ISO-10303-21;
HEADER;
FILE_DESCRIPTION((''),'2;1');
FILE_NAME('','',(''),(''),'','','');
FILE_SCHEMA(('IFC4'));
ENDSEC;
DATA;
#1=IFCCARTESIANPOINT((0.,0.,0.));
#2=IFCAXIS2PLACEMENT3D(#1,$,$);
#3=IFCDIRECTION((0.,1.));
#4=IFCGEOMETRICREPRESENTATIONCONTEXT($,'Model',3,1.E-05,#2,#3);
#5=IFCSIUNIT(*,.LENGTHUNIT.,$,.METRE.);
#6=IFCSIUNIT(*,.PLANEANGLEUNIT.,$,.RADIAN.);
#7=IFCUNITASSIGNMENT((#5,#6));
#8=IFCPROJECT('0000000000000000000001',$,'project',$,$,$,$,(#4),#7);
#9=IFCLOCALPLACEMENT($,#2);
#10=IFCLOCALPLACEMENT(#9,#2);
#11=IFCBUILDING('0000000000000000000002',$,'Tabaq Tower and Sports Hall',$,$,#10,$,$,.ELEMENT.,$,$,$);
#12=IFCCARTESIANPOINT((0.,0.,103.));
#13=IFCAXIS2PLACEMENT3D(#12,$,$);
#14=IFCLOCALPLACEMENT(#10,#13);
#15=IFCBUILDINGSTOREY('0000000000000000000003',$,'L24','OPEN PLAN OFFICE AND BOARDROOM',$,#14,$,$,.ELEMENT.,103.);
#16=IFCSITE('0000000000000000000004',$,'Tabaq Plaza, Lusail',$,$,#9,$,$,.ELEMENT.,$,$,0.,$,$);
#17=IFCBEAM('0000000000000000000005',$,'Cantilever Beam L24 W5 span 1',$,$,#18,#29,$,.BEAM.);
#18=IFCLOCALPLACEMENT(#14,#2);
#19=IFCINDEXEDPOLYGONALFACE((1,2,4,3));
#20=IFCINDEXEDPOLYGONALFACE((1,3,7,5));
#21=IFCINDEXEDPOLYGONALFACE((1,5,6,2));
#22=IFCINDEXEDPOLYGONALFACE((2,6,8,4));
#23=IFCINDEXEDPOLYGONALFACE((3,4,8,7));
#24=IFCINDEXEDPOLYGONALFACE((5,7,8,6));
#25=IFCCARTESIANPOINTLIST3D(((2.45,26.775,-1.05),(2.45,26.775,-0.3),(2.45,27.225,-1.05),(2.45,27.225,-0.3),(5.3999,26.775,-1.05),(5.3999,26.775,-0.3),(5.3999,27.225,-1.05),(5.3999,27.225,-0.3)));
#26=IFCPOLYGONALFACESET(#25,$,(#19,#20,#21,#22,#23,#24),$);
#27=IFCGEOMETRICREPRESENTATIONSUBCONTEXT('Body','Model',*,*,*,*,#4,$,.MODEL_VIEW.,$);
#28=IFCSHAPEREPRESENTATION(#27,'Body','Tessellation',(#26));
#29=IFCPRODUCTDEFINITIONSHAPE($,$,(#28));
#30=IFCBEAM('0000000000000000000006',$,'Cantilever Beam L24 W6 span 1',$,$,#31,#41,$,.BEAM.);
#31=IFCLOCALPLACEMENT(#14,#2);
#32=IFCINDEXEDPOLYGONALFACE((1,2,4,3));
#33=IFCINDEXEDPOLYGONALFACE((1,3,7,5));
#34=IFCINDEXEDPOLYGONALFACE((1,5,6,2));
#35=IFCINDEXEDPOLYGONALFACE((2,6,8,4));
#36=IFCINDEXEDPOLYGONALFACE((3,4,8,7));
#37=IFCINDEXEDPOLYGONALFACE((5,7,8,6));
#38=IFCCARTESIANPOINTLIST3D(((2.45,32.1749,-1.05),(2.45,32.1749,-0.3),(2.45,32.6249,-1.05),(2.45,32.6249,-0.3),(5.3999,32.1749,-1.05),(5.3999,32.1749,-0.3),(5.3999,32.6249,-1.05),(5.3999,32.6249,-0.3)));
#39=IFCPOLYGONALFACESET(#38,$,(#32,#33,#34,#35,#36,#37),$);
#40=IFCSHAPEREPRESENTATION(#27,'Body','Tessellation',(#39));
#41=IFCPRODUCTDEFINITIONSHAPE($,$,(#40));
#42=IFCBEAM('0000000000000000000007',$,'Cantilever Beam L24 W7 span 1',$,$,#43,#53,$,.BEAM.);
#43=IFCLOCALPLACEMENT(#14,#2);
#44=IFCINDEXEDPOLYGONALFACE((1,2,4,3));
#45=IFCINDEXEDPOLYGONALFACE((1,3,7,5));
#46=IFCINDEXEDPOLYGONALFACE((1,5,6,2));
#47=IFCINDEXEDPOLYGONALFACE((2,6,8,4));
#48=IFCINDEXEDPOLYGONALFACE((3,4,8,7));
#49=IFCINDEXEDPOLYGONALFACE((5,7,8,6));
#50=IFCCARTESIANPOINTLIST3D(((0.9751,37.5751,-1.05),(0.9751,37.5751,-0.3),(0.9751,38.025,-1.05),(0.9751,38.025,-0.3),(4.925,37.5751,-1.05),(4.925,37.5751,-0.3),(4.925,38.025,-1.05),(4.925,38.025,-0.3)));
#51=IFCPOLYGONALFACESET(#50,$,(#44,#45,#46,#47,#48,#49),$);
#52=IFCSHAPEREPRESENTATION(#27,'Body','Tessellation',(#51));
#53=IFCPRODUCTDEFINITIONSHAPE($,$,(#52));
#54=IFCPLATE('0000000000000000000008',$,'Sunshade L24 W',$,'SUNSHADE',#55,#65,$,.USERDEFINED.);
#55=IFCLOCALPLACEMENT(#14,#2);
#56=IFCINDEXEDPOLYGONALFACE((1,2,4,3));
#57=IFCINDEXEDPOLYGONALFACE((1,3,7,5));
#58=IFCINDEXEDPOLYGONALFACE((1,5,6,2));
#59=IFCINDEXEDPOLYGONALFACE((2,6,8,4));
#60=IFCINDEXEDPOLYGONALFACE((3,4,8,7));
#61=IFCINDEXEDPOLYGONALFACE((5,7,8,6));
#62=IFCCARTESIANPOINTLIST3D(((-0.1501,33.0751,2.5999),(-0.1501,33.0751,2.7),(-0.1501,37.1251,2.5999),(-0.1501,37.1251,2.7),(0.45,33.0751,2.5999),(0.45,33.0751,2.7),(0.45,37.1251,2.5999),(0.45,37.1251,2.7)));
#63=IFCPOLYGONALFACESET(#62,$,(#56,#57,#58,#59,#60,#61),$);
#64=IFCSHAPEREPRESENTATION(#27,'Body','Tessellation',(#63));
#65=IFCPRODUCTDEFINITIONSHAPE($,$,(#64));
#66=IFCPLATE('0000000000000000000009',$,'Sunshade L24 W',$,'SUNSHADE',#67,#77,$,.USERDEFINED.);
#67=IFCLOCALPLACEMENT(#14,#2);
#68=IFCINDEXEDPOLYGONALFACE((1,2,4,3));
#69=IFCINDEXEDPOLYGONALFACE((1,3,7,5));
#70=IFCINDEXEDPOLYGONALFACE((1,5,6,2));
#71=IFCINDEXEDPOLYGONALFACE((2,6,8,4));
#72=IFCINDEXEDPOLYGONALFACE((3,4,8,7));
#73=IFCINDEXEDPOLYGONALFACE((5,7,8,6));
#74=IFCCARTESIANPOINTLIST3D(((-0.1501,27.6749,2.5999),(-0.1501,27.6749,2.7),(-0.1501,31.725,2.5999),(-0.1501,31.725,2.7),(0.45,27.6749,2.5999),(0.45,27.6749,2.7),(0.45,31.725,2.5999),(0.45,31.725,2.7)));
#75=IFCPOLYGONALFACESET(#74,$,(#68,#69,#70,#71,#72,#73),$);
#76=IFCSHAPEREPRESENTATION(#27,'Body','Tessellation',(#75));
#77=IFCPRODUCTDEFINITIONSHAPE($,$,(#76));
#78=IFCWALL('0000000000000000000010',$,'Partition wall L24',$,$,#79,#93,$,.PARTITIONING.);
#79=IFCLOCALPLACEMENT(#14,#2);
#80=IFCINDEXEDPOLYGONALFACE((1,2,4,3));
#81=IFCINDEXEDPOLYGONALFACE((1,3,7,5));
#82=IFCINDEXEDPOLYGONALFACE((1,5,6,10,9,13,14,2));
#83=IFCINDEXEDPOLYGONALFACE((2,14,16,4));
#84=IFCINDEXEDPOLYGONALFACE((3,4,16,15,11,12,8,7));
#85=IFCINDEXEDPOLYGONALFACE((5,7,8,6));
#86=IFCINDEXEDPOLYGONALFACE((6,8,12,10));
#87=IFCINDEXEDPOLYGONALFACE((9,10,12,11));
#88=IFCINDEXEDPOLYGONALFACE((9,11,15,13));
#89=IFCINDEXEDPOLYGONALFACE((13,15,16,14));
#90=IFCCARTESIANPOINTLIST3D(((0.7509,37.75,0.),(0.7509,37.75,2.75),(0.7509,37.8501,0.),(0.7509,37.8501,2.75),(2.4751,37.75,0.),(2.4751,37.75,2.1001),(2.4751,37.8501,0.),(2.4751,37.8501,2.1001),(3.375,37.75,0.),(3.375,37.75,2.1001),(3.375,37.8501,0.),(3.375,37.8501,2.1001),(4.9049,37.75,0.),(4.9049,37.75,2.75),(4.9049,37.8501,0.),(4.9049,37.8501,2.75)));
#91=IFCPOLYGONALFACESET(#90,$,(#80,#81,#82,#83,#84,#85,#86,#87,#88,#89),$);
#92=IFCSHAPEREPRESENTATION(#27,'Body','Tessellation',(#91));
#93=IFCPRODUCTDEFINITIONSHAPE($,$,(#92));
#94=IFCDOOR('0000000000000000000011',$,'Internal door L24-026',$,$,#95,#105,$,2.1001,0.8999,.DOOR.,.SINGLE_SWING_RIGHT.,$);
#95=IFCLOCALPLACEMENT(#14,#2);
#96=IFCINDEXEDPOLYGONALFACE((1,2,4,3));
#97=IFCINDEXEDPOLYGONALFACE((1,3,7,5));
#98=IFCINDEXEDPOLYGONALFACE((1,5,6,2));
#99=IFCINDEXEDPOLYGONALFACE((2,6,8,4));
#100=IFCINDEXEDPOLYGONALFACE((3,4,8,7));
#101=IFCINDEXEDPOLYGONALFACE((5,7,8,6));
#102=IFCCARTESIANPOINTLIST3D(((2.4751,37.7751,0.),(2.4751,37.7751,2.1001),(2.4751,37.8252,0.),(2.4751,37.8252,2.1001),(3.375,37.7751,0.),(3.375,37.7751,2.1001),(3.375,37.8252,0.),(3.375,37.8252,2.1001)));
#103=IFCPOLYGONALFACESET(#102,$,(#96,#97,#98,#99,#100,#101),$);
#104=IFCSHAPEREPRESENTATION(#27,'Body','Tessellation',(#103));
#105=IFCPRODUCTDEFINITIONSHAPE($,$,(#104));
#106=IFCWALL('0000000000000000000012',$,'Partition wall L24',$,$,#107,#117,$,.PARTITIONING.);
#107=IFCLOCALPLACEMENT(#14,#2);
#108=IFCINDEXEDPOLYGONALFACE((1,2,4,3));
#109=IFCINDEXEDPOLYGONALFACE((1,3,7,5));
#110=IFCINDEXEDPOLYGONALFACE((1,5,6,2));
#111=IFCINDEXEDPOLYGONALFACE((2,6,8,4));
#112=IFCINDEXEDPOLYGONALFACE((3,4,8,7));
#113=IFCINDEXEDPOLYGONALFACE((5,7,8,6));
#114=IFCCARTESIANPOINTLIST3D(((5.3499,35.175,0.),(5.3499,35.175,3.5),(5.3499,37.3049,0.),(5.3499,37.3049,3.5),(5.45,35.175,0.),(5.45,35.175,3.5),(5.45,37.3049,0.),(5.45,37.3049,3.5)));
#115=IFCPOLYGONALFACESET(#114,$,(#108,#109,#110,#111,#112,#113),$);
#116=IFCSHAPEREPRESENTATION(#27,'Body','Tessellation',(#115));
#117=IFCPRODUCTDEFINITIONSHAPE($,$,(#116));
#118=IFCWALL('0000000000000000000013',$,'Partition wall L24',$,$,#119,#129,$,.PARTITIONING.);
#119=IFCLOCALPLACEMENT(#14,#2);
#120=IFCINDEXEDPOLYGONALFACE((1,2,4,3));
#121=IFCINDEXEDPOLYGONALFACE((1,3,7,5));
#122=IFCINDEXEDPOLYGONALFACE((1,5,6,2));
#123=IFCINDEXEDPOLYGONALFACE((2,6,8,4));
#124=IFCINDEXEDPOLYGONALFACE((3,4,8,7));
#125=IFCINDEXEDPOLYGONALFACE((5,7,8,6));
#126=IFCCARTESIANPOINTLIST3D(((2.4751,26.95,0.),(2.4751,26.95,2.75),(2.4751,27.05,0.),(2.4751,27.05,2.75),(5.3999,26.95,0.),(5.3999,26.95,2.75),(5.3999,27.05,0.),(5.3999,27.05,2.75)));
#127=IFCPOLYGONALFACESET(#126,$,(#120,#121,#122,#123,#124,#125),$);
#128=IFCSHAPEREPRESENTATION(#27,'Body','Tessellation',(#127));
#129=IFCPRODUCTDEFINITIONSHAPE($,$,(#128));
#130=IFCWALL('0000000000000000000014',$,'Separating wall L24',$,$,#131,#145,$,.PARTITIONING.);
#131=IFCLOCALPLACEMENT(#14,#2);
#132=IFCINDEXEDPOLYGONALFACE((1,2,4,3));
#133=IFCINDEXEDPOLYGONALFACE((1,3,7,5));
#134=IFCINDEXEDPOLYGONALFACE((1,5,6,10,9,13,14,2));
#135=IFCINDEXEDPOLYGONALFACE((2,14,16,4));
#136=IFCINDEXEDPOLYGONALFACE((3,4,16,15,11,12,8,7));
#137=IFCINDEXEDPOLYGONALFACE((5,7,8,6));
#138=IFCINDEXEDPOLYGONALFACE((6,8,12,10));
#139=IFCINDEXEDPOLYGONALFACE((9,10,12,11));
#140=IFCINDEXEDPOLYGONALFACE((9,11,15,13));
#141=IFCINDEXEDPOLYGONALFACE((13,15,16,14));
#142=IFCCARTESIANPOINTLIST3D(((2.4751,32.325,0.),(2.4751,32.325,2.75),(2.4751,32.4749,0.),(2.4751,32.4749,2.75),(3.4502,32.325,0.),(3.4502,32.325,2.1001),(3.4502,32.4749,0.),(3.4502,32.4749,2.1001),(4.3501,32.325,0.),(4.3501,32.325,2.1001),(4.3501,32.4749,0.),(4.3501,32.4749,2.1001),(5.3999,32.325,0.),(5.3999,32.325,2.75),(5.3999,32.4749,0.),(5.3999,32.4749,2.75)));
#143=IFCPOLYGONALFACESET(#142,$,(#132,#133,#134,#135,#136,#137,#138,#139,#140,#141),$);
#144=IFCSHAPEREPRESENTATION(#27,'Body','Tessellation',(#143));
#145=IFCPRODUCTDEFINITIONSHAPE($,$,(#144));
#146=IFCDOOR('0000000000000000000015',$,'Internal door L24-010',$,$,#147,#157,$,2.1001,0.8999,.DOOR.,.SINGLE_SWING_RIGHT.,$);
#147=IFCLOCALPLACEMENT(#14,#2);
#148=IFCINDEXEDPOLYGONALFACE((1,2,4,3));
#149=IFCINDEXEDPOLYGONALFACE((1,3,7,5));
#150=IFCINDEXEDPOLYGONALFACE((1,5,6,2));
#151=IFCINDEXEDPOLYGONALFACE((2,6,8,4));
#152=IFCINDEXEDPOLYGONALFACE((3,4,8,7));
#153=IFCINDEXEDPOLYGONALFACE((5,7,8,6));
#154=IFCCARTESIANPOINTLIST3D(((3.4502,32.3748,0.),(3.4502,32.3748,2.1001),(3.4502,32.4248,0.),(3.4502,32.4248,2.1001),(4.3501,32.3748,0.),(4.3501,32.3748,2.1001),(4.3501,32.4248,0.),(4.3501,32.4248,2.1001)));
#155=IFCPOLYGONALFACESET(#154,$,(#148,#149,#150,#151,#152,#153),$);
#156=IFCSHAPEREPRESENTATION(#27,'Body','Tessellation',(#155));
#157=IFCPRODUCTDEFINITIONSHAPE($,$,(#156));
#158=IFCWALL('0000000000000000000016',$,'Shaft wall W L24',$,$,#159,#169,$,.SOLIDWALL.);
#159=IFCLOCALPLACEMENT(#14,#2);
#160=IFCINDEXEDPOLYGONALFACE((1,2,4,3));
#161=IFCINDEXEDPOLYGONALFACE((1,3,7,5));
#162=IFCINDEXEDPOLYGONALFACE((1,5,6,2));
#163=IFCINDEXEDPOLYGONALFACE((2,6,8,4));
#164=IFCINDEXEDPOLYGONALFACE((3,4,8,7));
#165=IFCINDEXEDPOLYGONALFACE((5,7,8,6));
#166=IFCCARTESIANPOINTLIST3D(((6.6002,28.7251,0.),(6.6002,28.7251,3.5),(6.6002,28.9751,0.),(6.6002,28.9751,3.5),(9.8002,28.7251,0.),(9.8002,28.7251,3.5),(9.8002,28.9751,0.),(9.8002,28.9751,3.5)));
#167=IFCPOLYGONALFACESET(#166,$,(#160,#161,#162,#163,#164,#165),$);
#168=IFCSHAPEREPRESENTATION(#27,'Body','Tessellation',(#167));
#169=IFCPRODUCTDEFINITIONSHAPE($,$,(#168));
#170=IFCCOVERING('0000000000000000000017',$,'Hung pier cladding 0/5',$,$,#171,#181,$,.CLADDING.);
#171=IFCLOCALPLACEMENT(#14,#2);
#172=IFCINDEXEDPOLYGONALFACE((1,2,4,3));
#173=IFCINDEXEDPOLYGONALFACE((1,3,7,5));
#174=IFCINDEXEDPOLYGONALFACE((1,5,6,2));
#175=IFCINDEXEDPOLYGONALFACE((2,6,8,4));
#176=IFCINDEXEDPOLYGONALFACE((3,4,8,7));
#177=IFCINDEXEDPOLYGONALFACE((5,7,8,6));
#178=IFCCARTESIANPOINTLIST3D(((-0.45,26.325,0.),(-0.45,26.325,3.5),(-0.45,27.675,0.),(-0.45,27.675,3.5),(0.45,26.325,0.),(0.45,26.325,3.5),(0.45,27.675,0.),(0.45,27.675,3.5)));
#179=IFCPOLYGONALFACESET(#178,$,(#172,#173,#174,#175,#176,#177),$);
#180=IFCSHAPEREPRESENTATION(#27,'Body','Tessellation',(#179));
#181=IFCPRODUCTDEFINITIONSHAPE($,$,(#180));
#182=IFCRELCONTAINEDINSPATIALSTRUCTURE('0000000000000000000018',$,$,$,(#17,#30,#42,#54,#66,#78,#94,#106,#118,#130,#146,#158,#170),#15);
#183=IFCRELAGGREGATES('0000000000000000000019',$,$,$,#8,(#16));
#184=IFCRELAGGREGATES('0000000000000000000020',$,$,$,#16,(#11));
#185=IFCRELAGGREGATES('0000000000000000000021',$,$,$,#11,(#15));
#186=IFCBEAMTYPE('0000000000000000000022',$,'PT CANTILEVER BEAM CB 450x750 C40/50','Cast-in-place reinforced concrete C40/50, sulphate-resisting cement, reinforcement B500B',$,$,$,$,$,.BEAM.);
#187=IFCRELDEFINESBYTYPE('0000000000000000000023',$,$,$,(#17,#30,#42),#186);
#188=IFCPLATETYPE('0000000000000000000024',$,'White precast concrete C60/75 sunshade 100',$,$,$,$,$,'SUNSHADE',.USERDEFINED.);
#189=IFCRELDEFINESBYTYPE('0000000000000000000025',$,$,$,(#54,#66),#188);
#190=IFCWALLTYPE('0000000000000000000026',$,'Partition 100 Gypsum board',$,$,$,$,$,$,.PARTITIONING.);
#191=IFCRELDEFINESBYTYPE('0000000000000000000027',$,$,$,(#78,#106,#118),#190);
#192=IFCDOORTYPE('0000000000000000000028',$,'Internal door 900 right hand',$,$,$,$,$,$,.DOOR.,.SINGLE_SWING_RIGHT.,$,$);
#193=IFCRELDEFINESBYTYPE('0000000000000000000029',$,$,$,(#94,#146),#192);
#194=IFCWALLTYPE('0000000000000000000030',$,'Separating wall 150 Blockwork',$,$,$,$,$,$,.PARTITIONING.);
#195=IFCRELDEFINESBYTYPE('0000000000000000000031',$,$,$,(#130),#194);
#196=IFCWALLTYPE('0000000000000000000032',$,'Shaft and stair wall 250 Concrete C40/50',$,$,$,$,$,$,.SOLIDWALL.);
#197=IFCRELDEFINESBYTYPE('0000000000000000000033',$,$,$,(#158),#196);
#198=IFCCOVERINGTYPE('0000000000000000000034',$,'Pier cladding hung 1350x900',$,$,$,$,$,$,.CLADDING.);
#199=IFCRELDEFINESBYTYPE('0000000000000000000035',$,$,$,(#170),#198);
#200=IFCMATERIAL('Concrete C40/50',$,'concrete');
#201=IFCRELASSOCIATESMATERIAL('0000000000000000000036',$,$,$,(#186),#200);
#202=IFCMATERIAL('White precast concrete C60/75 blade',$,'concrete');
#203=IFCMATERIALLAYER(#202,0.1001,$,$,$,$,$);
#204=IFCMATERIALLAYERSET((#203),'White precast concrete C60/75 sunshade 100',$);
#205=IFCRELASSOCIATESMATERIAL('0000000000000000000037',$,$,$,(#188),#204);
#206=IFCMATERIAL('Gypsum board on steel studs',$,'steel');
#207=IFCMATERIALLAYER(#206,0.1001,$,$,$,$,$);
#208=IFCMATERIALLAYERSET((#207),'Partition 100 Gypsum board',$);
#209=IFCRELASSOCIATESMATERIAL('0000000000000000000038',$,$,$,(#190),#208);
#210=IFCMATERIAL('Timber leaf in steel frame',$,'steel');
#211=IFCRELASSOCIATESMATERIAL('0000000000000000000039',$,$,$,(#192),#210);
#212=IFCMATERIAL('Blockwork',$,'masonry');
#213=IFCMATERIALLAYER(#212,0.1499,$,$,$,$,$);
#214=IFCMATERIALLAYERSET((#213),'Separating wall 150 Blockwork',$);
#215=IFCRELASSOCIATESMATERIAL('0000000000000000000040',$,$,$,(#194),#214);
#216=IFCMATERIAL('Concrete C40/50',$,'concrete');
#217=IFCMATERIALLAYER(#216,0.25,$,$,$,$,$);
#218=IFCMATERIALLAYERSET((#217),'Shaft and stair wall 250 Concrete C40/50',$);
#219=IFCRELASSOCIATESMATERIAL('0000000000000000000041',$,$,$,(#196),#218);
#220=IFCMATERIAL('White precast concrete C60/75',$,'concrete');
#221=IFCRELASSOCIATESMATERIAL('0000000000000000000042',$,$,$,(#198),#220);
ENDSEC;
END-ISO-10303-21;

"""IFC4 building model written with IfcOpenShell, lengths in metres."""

from ifc_helpers import new_model, si_unit, direction, frame, frame_2d, origin, origin_2d, place, context, subcontext, project, spatial, rectangle, extrude, material, layer, layer_set, material_profile, profile_set, type_object, element, fill, save


model = new_model("IFC4")

# Units and contexts
model_context = context("Model", 3, precision=1e-05, world=origin(), true_north=direction((0.0, 1.0)))
body_context = subcontext(model_context, "Body", "Model", "MODEL_VIEW")
ifc_project = project(units=[si_unit("LENGTHUNIT", "METRE"), si_unit("PLANEANGLEUNIT", "RADIAN")], contexts=[model_context])

# Site, building, storey
site_placement = place(None, origin())
site = spatial("IfcSite", under=ifc_project, at=site_placement, Name="Tabaq Plaza, Lusail", CompositionType="ELEMENT", RefElevation=0.0)
building_placement = place(site_placement, origin())
building = spatial("IfcBuilding", under=site, at=building_placement, Name="Tabaq Tower and Sports Hall", CompositionType="ELEMENT")
storey_placement = place(building_placement, frame((0.0, 0.0, 103.0)))
storey = spatial("IfcBuildingStorey", under=building, at=storey_placement, Name="L24", Description="OPEN PLAN OFFICE AND BOARDROOM", CompositionType="ELEMENT", Elevation=103.0)

# Beams
ifc_material_1 = material(Name="Concrete C40/50", Category="concrete")
ifc_material_profile = material_profile(ifc_material_1, rectangle(XDim=0.45, YDim=0.75, at=origin_2d()), Name="CB 450x750")
ifc_profile_set = profile_set([ifc_material_profile], Name="Concrete C40/50")
beam_type = type_object("IfcBeamType", Name="PT CANTILEVER BEAM CB 450x750 C40/50", Description="Cast-in-place reinforced concrete C40/50, sulphate-resisting cement, reinforcement B500B", PredefinedType="BEAM", material=ifc_profile_set)
for number, where, z_axis, x_axis, name in (
    (1, (2.45, 27.0, -0.675), (1.0, 0.0, 0.0), (0.0, 1.0, 0.0), "Cantilever Beam L24 W5 span 1"),
    (2, (2.45, 32.3999, -0.675), (1.0, 0.0, 0.0), (0.0, 1.0, 0.0), "Cantilever Beam L24 W6 span 1"),
):
    element("IfcBeam", number, at=place(storey_placement, frame(where, z_axis=z_axis, x_axis=x_axis)), inside=storey, type_object=beam_type, Name=name, PredefinedType="BEAM", context=body_context, shape_type="SweptSolid", body=[
        extrude(rectangle(XDim=0.45, YDim=0.75, at=origin_2d()), origin(), (0.0, 0.0, 1.0), 2.95),
    ])
beam_placement = place(storey_placement, frame((0.9751, 37.8, -0.675), z_axis=(1.0, 0.0, 0.0), x_axis=(0.0, 1.0, 0.0)))
element("IfcBeam", 3, at=beam_placement, inside=storey, type_object=beam_type, Name="Cantilever Beam L24 W7 span 1", PredefinedType="BEAM", context=body_context, shape_type="SweptSolid", body=[
    extrude(rectangle(XDim=0.45, YDim=0.75, at=origin_2d()), origin(), (0.0, 0.0, 1.0), 3.95),
])

# Plates
ifc_material_2 = material(Name="White precast concrete C60/75 blade", Category="concrete")
ifc_layer_1 = layer(ifc_material_2, 0.1001)
ifc_layer_set_1 = layer_set([ifc_layer_1], Name="White precast concrete C60/75 sunshade 100")
plate_type = type_object("IfcPlateType", Name="White precast concrete C60/75 sunshade 100", ElementType="SUNSHADE", PredefinedType="USERDEFINED", material=ifc_layer_set_1)
for number, where, z_axis, x_axis, name in (
    (4, (0.1499, 35.1001, 2.5999), (0.0, 0.0, 1.0), (0.0, -1.0, 0.0), "Sunshade L24 W"),
    (5, (0.1499, 29.7, 2.5999), (0.0, 0.0, 1.0), (0.0, -1.0, 0.0), "Sunshade L24 W"),
):
    element("IfcPlate", number, at=place(storey_placement, frame(where, z_axis=z_axis, x_axis=x_axis)), inside=storey, type_object=plate_type, Name=name, ObjectType="SUNSHADE", PredefinedType="USERDEFINED", context=body_context, shape_type="SweptSolid", body=[
        extrude(rectangle(XDim=4.05, YDim=0.6001, at=origin_2d()), origin(), (0.0, 0.0, 1.0), 0.1001),
    ])

# Wall, opening, door
ifc_material_3 = material(Name="Gypsum board on steel studs", Category="steel")
ifc_layer_2 = layer(ifc_material_3, 0.1001)
ifc_layer_set_2 = layer_set([ifc_layer_2], Name="Partition 100 Gypsum board")
wall_type_1 = type_object("IfcWallType", Name="Partition 100 Gypsum board", PredefinedType="PARTITIONING", material=ifc_layer_set_2)
wall_1_placement = place(storey_placement, frame((4.905, 37.8, 0.0), z_axis=(0.0, 0.0, 1.0), x_axis=(-1.0, 0.0, 0.0)))
wall_1 = element("IfcWall", 6, at=wall_1_placement, inside=storey, type_object=wall_type_1, Name="Partition wall L24", PredefinedType="PARTITIONING", context=body_context, shape_type="SweptSolid", body=[
    extrude(rectangle(XDim=4.1541, YDim=0.1001, at=frame_2d((2.0771, 0.0))), origin(), (0.0, 0.0, 1.0), 2.75),
])
opening_1_placement = place(wall_1_placement, frame((1.53, 0.0, 0.0)))
opening_1 = element("IfcOpeningElement", 7, at=opening_1_placement, cuts=wall_1, PredefinedType="OPENING", context=body_context, shape_type="SweptSolid", body=[
    extrude(rectangle(XDim=0.8999, YDim=2.1001, at=frame_2d((0.45, 1.05))), frame((0.0, 0.05, 0.0), z_axis=(0.0, -1.0, 0.0), x_axis=(1.0, 0.0, 0.0)), (0.0, 0.0, 1.0), 0.1001),
])
ifc_material_4 = material(Name="Timber leaf in steel frame", Category="steel")
door_type_1 = type_object("IfcDoorType", Name="Internal door 900 right hand", OperationType="SINGLE_SWING_RIGHT", PredefinedType="DOOR", material=ifc_material_4)
door_1_placement = place(opening_1_placement, origin())
door_1 = element("IfcDoor", 8, at=door_1_placement, inside=storey, type_object=door_type_1, Name="Internal door L24-026", OperationType="SINGLE_SWING_RIGHT", OverallHeight=2.1001, OverallWidth=0.8999, PredefinedType="DOOR", context=body_context, shape_type="SweptSolid", body=[
    extrude(rectangle(XDim=0.8999, YDim=2.1001, at=frame_2d((0.45, 1.05))), frame((0.0, 0.0249, 0.0), z_axis=(0.0, -1.0, 0.0), x_axis=(1.0, 0.0, 0.0)), (0.0, 0.0, 1.0), 0.05),
])
fill(opening_1, door_1)

# Walls
wall_2_placement = place(storey_placement, frame((5.3999, 35.175, 0.0), z_axis=(0.0, 0.0, 1.0), x_axis=(0.0, 1.0, 0.0)))
element("IfcWall", 9, at=wall_2_placement, inside=storey, type_object=wall_type_1, Name="Partition wall L24", PredefinedType="PARTITIONING", context=body_context, shape_type="SweptSolid", body=[
    extrude(rectangle(XDim=2.1299, YDim=0.1001, at=frame_2d((1.0649, 0.0))), origin(), (0.0, 0.0, 1.0), 3.5),
])
wall_3_placement = place(storey_placement, frame((5.3999, 27.0, 0.0), z_axis=(0.0, 0.0, 1.0), x_axis=(-1.0, 0.0, 0.0)))
element("IfcWall", 10, at=wall_3_placement, inside=storey, type_object=wall_type_1, Name="Partition wall L24", PredefinedType="PARTITIONING", context=body_context, shape_type="SweptSolid", body=[
    extrude(rectangle(XDim=2.9248, YDim=0.1001, at=frame_2d((1.4624, 0.0))), origin(), (0.0, 0.0, 1.0), 2.75),
])

# Wall, opening, door
ifc_material_5 = material(Name="Blockwork", Category="masonry")
ifc_layer_3 = layer(ifc_material_5, 0.1499)
ifc_layer_set_3 = layer_set([ifc_layer_3], Name="Separating wall 150 Blockwork")
wall_type_2 = type_object("IfcWallType", Name="Separating wall 150 Blockwork", PredefinedType="PARTITIONING", material=ifc_layer_set_3)
wall_4_placement = place(storey_placement, frame((2.4751, 32.3999, 0.0), z_axis=(0.0, 0.0, 1.0), x_axis=(1.0, 0.0, 0.0)))
wall_4 = element("IfcWall", 11, at=wall_4_placement, inside=storey, type_object=wall_type_2, Name="Separating wall L24", PredefinedType="PARTITIONING", context=body_context, shape_type="SweptSolid", body=[
    extrude(rectangle(XDim=2.9248, YDim=0.1499, at=frame_2d((1.4624, 0.0))), origin(), (0.0, 0.0, 1.0), 2.75),
])
opening_2_placement = place(wall_4_placement, frame((0.9751, 0.0, 0.0)))
opening_2 = element("IfcOpeningElement", 12, at=opening_2_placement, cuts=wall_4, PredefinedType="OPENING", context=body_context, shape_type="SweptSolid", body=[
    extrude(rectangle(XDim=0.8999, YDim=2.1001, at=frame_2d((0.45, 1.05))), frame((0.0, 0.075, 0.0), z_axis=(0.0, -1.0, 0.0), x_axis=(1.0, 0.0, 0.0)), (0.0, 0.0, 1.0), 0.1499),
])
door_2_placement = place(opening_2_placement, origin())
door_2 = element("IfcDoor", 13, at=door_2_placement, inside=storey, type_object=door_type_1, Name="Internal door L24-010", OperationType="SINGLE_SWING_RIGHT", OverallHeight=2.1001, OverallWidth=0.8999, PredefinedType="DOOR", context=body_context, shape_type="SweptSolid", body=[
    extrude(rectangle(XDim=0.8999, YDim=2.1001, at=frame_2d((0.45, 1.05))), frame((0.0, 0.0249, 0.0), z_axis=(0.0, -1.0, 0.0), x_axis=(1.0, 0.0, 0.0)), (0.0, 0.0, 1.0), 0.05),
])
fill(opening_2, door_2)

# Wall
ifc_material_6 = material(Name="Concrete C40/50", Category="concrete")
ifc_layer_4 = layer(ifc_material_6, 0.25)
ifc_layer_set_4 = layer_set([ifc_layer_4], Name="Shaft and stair wall 250 Concrete C40/50")
wall_type_3 = type_object("IfcWallType", Name="Shaft and stair wall 250 Concrete C40/50", PredefinedType="SOLIDWALL", material=ifc_layer_set_4)
wall_5_placement = place(storey_placement, frame((6.6001, 28.8501, 0.0), z_axis=(0.0, 0.0, 1.0), x_axis=(1.0, 0.0, 0.0)))
element("IfcWall", 14, at=wall_5_placement, inside=storey, type_object=wall_type_3, Name="Shaft wall W L24", PredefinedType="SOLIDWALL", context=body_context, shape_type="SweptSolid", body=[
    extrude(rectangle(XDim=3.2, YDim=0.25, at=frame_2d((1.6001, 0.0))), origin(), (0.0, 0.0, 1.0), 3.5),
])

# Covering
ifc_material_7 = material(Name="White precast concrete C60/75", Category="concrete")
covering_type_1 = type_object("IfcCoveringType", Name="Pier cladding hung 1350x900", PredefinedType="CLADDING", material=ifc_material_7)
covering_1_placement = place(storey_placement, frame((0.0, 27.675, 0.0), z_axis=(0.0, 0.0, 1.0), x_axis=(0.0, -1.0, 0.0)))
element("IfcCovering", 15, at=covering_1_placement, inside=storey, type_object=covering_type_1, Name="Hung pier cladding 0/5", PredefinedType="CLADDING", context=body_context, shape_type="SweptSolid", body=[
    extrude(rectangle(XDim=1.3501, YDim=0.8999, at=frame_2d((0.675, 0.0))), origin(), (0.0, 0.0, 1.0), 3.5),
])

save(model, "model.ifc")
